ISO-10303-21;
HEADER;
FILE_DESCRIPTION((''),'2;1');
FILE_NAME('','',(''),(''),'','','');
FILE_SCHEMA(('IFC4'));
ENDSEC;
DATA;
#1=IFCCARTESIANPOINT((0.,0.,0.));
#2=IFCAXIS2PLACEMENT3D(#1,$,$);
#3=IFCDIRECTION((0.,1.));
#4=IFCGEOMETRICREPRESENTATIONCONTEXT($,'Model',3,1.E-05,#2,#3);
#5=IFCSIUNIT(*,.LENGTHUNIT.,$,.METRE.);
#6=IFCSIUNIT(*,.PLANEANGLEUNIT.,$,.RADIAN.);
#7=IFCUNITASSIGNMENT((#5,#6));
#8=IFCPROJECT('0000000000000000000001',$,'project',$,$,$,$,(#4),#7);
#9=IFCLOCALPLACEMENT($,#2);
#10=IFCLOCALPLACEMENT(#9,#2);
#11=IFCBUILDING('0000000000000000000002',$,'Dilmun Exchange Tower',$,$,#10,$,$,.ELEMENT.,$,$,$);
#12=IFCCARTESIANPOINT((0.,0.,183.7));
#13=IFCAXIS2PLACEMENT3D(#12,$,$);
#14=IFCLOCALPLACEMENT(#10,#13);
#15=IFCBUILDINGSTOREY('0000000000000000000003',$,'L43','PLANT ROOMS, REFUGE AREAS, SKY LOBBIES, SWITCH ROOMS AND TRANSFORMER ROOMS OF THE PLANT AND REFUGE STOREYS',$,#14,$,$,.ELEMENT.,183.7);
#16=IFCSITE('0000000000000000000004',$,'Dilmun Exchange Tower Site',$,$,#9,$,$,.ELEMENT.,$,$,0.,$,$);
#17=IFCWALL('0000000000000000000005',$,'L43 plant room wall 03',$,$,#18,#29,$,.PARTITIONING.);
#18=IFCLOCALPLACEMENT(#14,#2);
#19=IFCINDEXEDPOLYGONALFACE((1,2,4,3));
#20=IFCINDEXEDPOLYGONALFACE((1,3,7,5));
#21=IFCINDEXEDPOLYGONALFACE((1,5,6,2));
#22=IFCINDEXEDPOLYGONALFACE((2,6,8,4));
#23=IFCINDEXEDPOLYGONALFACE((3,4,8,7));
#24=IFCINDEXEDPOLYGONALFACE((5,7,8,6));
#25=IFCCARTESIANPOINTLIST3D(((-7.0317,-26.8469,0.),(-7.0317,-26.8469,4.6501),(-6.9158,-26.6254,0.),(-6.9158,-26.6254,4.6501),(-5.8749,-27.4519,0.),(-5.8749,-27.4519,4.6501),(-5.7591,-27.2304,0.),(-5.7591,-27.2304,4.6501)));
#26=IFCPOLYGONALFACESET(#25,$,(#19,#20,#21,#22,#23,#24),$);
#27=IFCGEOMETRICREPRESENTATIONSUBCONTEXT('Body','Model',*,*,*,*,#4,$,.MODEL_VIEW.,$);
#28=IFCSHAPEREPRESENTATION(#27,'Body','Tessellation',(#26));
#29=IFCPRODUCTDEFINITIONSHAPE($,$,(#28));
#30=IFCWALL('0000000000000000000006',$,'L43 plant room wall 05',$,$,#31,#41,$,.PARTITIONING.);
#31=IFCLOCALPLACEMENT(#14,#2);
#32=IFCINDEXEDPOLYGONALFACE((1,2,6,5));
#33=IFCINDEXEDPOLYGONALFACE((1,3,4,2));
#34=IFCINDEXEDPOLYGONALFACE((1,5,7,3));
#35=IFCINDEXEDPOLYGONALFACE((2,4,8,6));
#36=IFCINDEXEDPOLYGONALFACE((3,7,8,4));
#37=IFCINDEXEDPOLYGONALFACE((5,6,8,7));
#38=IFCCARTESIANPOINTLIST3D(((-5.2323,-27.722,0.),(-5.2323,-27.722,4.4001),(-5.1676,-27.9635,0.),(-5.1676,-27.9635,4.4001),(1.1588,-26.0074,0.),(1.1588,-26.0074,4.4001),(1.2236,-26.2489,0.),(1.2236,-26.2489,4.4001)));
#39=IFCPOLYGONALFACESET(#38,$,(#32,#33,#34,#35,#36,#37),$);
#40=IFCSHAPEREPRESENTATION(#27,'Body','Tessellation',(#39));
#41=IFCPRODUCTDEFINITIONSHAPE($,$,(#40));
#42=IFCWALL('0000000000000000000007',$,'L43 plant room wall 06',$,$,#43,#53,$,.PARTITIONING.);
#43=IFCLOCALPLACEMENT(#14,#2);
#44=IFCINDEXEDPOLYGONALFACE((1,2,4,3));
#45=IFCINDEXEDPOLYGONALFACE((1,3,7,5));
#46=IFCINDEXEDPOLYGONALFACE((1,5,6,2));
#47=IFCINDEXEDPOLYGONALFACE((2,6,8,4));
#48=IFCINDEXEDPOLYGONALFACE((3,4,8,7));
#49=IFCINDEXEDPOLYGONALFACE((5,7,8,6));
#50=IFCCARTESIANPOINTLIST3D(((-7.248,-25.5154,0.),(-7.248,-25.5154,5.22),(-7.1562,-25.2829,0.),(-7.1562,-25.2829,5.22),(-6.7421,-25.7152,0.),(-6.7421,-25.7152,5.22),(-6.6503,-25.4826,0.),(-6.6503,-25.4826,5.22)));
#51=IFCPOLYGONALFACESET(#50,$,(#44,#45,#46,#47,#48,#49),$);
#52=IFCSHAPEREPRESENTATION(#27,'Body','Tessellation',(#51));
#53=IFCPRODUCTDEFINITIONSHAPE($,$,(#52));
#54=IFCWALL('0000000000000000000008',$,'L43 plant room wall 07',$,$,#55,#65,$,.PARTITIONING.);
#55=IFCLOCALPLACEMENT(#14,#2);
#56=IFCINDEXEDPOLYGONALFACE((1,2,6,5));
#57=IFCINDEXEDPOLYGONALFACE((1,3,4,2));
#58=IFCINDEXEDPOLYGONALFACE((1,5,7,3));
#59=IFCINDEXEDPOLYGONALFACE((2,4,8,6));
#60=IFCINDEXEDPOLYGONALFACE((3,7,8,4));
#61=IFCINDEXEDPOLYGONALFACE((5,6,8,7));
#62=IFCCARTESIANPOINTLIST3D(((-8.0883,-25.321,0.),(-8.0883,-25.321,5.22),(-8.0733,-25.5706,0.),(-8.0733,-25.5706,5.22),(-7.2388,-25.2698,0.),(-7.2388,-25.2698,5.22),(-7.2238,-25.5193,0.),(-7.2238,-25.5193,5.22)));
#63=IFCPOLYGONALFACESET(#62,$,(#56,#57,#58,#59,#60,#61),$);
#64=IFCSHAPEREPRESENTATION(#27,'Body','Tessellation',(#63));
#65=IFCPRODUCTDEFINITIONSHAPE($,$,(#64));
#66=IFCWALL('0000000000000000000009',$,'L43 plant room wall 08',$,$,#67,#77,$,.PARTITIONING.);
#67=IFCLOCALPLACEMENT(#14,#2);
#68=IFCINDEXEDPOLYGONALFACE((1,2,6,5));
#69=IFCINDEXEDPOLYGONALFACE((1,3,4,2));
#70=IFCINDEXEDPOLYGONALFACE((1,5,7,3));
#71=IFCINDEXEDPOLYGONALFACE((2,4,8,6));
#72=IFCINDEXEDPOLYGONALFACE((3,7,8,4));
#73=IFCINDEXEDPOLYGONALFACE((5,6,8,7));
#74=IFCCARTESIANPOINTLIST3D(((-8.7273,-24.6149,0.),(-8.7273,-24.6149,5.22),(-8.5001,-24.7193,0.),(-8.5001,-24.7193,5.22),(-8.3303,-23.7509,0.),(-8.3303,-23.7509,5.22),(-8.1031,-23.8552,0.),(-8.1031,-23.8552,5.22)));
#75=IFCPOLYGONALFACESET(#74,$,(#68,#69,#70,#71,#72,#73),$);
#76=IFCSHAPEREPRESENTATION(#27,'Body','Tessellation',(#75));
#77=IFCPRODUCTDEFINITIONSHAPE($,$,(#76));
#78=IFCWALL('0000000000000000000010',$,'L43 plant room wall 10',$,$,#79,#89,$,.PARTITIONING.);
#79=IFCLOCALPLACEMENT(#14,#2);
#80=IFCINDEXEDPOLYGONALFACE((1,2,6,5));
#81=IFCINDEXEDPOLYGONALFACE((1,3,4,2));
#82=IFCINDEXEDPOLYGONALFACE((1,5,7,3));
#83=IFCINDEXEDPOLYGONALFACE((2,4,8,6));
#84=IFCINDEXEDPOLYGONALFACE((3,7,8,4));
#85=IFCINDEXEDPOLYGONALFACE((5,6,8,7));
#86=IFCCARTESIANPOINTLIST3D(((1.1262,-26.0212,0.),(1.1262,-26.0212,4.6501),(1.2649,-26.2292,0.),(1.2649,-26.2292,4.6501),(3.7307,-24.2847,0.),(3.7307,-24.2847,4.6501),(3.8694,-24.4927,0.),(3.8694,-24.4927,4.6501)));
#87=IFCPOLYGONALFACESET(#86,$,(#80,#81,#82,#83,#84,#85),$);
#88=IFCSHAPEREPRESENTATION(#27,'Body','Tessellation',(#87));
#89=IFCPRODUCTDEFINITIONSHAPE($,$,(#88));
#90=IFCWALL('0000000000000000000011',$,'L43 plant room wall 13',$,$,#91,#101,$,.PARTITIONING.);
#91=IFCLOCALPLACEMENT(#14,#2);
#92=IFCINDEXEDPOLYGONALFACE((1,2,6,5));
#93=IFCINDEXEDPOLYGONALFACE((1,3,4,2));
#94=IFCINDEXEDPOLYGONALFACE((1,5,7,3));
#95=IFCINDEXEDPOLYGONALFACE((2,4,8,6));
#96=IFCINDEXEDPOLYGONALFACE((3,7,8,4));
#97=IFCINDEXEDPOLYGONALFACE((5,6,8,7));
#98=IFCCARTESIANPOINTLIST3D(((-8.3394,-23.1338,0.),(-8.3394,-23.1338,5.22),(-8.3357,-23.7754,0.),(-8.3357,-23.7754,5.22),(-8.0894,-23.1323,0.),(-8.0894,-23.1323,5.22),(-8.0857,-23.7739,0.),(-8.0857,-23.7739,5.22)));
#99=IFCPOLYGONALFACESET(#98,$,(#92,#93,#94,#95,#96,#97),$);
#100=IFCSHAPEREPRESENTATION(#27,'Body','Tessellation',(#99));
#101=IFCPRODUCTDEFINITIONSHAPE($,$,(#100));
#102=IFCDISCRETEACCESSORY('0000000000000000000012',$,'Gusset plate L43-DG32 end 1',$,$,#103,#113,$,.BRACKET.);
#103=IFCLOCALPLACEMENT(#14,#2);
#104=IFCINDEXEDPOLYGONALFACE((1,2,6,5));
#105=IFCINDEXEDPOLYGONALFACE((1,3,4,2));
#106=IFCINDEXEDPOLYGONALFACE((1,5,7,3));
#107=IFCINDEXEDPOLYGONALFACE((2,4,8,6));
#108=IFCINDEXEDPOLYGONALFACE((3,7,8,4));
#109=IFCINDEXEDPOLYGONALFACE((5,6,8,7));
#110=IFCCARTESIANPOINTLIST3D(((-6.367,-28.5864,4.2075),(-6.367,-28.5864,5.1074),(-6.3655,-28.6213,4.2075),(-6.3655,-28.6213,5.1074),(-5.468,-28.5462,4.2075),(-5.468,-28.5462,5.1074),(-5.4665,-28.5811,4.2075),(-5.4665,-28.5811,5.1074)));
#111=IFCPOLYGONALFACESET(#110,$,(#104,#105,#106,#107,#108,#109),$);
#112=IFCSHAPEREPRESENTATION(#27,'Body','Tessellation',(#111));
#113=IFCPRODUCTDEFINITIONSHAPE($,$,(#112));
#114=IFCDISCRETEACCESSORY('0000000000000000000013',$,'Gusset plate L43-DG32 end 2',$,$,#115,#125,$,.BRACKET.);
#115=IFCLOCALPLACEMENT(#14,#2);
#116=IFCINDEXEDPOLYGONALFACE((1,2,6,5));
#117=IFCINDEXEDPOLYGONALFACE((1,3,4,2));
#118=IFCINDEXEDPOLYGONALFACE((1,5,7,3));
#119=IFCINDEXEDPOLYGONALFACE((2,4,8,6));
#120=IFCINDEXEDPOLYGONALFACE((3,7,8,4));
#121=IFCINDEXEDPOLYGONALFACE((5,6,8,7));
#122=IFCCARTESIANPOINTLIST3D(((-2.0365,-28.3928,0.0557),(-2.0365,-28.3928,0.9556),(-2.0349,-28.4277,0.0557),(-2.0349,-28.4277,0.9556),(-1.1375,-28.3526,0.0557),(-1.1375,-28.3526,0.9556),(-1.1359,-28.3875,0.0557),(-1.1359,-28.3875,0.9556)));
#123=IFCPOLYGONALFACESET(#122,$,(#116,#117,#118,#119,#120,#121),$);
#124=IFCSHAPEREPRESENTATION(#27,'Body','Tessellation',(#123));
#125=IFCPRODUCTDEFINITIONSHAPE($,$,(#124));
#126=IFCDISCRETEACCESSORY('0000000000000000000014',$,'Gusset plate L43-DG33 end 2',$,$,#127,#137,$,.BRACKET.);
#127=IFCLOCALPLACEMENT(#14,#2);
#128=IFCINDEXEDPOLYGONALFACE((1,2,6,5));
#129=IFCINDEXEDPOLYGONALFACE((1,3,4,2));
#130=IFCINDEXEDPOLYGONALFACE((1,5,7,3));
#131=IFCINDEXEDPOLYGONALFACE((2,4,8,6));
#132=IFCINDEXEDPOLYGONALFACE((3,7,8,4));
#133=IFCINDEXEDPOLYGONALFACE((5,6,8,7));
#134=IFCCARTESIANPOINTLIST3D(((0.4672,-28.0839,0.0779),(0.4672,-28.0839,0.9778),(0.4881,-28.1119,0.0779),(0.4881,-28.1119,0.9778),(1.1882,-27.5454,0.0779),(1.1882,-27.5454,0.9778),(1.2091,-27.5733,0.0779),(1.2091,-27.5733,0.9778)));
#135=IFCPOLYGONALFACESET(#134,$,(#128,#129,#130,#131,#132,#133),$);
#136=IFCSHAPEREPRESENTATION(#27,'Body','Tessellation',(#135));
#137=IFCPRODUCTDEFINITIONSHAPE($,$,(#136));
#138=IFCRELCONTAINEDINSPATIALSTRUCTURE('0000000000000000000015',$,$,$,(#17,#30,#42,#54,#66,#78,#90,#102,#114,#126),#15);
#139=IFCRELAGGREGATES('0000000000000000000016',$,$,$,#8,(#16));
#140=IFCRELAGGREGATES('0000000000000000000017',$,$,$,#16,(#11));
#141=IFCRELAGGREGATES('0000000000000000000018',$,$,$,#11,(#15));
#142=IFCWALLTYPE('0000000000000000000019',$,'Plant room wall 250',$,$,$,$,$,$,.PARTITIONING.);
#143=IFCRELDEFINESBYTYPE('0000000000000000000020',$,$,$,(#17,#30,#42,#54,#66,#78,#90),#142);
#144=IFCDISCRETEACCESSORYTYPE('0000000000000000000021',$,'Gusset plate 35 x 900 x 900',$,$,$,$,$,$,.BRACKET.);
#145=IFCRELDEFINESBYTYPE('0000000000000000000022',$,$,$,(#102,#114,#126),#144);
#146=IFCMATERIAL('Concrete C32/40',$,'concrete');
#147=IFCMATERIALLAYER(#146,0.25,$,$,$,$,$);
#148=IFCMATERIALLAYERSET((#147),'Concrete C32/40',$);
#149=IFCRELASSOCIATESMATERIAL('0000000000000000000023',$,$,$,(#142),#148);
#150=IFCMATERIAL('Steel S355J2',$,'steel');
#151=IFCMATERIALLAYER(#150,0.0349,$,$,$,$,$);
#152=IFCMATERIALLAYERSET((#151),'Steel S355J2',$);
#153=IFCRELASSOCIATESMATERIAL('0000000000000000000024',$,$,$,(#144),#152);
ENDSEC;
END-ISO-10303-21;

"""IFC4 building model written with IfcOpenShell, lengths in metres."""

from ifc_helpers import new_model, si_unit, direction, frame, frame_2d, origin, origin_2d, place, context, subcontext, project, spatial, rectangle, extrude, material, layer, layer_set, type_object, element, save


model = new_model("IFC4")

# Units and contexts
model_context = context("Model", 3, precision=1e-05, world=origin(), true_north=direction((0.0, 1.0)))
body_context = subcontext(model_context, "Body", "Model", "MODEL_VIEW")
ifc_project = project(units=[si_unit("LENGTHUNIT", "METRE"), si_unit("PLANEANGLEUNIT", "RADIAN")], contexts=[model_context])

# Site, building, storey
site_placement = place(None, origin())
site = spatial("IfcSite", under=ifc_project, at=site_placement, Name="Dilmun Exchange Tower Site", CompositionType="ELEMENT", RefElevation=0.0)
building_placement = place(site_placement, origin())
building = spatial("IfcBuilding", under=site, at=building_placement, Name="Dilmun Exchange Tower", CompositionType="ELEMENT")
storey_placement = place(building_placement, frame((0.0, 0.0, 183.7)))
storey = spatial("IfcBuildingStorey", under=building, at=storey_placement, Name="L43", Description="PLANT ROOMS, REFUGE AREAS, SKY LOBBIES, SWITCH ROOMS AND TRANSFORMER ROOMS OF THE PLANT AND REFUGE STOREYS", CompositionType="ELEMENT", Elevation=183.7)

# Walls
ifc_material_1 = material(Name="Concrete C32/40", Category="concrete")
ifc_layer_1 = layer(ifc_material_1, 0.25)
ifc_layer_set_1 = layer_set([ifc_layer_1], Name="Concrete C32/40")
wall_type = type_object("IfcWallType", Name="Plant room wall 250", PredefinedType="PARTITIONING", material=ifc_layer_set_1)
wall_1_placement = place(storey_placement, frame((-6.9739, -26.7361, 0.0), z_axis=(0.0, 0.0, 1.0), x_axis=(0.886124, -0.463448, 0.0)))
element("IfcWall", 1, at=wall_1_placement, inside=storey, type_object=wall_type, Name="L43 plant room wall 03", PredefinedType="PARTITIONING", context=body_context, shape_type="SweptSolid", body=[
    extrude(rectangle(XDim=1.3054, YDim=0.25, at=frame_2d((0.6528, 0.0))), origin(), (0.0, 0.0, 1.0), 4.6501),
])
wall_2_placement = place(storey_placement, frame((-5.2, -27.8428, 0.0), z_axis=(0.0, 0.0, 1.0), x_axis=(0.965846, 0.259116, 0.0)))
element("IfcWall", 2, at=wall_2_placement, inside=storey, type_object=wall_type, Name="L43 plant room wall 05", PredefinedType="PARTITIONING", context=body_context, shape_type="SweptSolid", body=[
    extrude(rectangle(XDim=6.6172, YDim=0.25, at=frame_2d((3.3086, 0.0))), origin(), (0.0, 0.0, 1.0), 4.4001),
])
wall_3_placement = place(storey_placement, frame((-7.2021, -25.3992, 0.0), z_axis=(0.0, 0.0, 1.0), x_axis=(0.930139, -0.367207, 0.0)))
element("IfcWall", 3, at=wall_3_placement, inside=storey, type_object=wall_type, Name="L43 plant room wall 06", PredefinedType="PARTITIONING", context=body_context, shape_type="SweptSolid", body=[
    extrude(rectangle(XDim=0.5439, YDim=0.25, at=frame_2d((0.272, 0.0))), origin(), (0.0, 0.0, 1.0), 5.22),
])
wall_4_placement = place(storey_placement, frame((-8.0808, -25.4458, 0.0), z_axis=(0.0, 0.0, 1.0), x_axis=(0.998184, 0.060235, 0.0)))
element("IfcWall", 4, at=wall_4_placement, inside=storey, type_object=wall_type, Name="L43 plant room wall 07", PredefinedType="PARTITIONING", context=body_context, shape_type="SweptSolid", body=[
    extrude(rectangle(XDim=0.8511, YDim=0.25, at=frame_2d((0.4255, 0.0))), origin(), (0.0, 0.0, 1.0), 5.22),
])
wall_5_placement = place(storey_placement, frame((-8.6138, -24.6672, 0.0), z_axis=(0.0, 0.0, 1.0), x_axis=(0.417494, 0.908679, 0.0)))
element("IfcWall", 5, at=wall_5_placement, inside=storey, type_object=wall_type, Name="L43 plant room wall 08", PredefinedType="PARTITIONING", context=body_context, shape_type="SweptSolid", body=[
    extrude(rectangle(XDim=0.9509, YDim=0.25, at=frame_2d((0.4756, 0.0))), origin(), (0.0, 0.0, 1.0), 5.22),
])
wall_6_placement = place(storey_placement, frame((1.1956, -26.1252, 0.0), z_axis=(0.0, 0.0, 1.0), x_axis=(0.832014, 0.554754, 0.0)))
element("IfcWall", 6, at=wall_6_placement, inside=storey, type_object=wall_type, Name="L43 plant room wall 10", PredefinedType="PARTITIONING", context=body_context, shape_type="SweptSolid", body=[
    extrude(rectangle(XDim=3.1304, YDim=0.25, at=frame_2d((1.5652, 0.0))), origin(), (0.0, 0.0, 1.0), 4.6501),
])
wall_7_placement = place(storey_placement, frame((-8.2144, -23.1331, 0.0), z_axis=(0.0, 0.0, 1.0), x_axis=(0.005708, -0.999984, 0.0)))
element("IfcWall", 7, at=wall_7_placement, inside=storey, type_object=wall_type, Name="L43 plant room wall 13", PredefinedType="PARTITIONING", context=body_context, shape_type="SweptSolid", body=[
    extrude(rectangle(XDim=0.6416, YDim=0.25, at=frame_2d((0.3208, 0.0))), origin(), (0.0, 0.0, 1.0), 5.22),
])

# Discrete accessories
ifc_material_2 = material(Name="Steel S355J2", Category="steel")
ifc_layer_2 = layer(ifc_material_2, 0.0349)
ifc_layer_set_2 = layer_set([ifc_layer_2], Name="Steel S355J2")
discrete_accessory_type = type_object("IfcDiscreteAccessoryType", Name="Gusset plate 35 x 900 x 900", PredefinedType="BRACKET", material=ifc_layer_set_2)
for number, where, z_axis, x_axis, name in (
    (8, (-5.9167, -28.5837, 4.2075), (0.0, 0.0, 1.0), (0.999001, 0.044681, 0.0), "Gusset plate L43-DG32 end 1"),
    (9, (-1.5862, -28.3901, 0.0557), (0.0, 0.0, 1.0), (0.999001, 0.044681, 0.0), "Gusset plate L43-DG32 end 2"),
    (10, (0.8381, -27.8286, 0.0779), (0.0, 0.0, 1.0), (0.801173, 0.598432, 0.0), "Gusset plate L43-DG33 end 2"),
):
    element("IfcDiscreteAccessory", number, at=place(storey_placement, frame(where, z_axis=z_axis, x_axis=x_axis)), inside=storey, type_object=discrete_accessory_type, Name=name, PredefinedType="BRACKET", context=body_context, shape_type="SweptSolid", body=[
        extrude(rectangle(XDim=0.8999, YDim=0.0349, at=origin_2d()), origin(), (0.0, 0.0, 1.0), 0.8999),
    ])

save(model, "model.ifc")
